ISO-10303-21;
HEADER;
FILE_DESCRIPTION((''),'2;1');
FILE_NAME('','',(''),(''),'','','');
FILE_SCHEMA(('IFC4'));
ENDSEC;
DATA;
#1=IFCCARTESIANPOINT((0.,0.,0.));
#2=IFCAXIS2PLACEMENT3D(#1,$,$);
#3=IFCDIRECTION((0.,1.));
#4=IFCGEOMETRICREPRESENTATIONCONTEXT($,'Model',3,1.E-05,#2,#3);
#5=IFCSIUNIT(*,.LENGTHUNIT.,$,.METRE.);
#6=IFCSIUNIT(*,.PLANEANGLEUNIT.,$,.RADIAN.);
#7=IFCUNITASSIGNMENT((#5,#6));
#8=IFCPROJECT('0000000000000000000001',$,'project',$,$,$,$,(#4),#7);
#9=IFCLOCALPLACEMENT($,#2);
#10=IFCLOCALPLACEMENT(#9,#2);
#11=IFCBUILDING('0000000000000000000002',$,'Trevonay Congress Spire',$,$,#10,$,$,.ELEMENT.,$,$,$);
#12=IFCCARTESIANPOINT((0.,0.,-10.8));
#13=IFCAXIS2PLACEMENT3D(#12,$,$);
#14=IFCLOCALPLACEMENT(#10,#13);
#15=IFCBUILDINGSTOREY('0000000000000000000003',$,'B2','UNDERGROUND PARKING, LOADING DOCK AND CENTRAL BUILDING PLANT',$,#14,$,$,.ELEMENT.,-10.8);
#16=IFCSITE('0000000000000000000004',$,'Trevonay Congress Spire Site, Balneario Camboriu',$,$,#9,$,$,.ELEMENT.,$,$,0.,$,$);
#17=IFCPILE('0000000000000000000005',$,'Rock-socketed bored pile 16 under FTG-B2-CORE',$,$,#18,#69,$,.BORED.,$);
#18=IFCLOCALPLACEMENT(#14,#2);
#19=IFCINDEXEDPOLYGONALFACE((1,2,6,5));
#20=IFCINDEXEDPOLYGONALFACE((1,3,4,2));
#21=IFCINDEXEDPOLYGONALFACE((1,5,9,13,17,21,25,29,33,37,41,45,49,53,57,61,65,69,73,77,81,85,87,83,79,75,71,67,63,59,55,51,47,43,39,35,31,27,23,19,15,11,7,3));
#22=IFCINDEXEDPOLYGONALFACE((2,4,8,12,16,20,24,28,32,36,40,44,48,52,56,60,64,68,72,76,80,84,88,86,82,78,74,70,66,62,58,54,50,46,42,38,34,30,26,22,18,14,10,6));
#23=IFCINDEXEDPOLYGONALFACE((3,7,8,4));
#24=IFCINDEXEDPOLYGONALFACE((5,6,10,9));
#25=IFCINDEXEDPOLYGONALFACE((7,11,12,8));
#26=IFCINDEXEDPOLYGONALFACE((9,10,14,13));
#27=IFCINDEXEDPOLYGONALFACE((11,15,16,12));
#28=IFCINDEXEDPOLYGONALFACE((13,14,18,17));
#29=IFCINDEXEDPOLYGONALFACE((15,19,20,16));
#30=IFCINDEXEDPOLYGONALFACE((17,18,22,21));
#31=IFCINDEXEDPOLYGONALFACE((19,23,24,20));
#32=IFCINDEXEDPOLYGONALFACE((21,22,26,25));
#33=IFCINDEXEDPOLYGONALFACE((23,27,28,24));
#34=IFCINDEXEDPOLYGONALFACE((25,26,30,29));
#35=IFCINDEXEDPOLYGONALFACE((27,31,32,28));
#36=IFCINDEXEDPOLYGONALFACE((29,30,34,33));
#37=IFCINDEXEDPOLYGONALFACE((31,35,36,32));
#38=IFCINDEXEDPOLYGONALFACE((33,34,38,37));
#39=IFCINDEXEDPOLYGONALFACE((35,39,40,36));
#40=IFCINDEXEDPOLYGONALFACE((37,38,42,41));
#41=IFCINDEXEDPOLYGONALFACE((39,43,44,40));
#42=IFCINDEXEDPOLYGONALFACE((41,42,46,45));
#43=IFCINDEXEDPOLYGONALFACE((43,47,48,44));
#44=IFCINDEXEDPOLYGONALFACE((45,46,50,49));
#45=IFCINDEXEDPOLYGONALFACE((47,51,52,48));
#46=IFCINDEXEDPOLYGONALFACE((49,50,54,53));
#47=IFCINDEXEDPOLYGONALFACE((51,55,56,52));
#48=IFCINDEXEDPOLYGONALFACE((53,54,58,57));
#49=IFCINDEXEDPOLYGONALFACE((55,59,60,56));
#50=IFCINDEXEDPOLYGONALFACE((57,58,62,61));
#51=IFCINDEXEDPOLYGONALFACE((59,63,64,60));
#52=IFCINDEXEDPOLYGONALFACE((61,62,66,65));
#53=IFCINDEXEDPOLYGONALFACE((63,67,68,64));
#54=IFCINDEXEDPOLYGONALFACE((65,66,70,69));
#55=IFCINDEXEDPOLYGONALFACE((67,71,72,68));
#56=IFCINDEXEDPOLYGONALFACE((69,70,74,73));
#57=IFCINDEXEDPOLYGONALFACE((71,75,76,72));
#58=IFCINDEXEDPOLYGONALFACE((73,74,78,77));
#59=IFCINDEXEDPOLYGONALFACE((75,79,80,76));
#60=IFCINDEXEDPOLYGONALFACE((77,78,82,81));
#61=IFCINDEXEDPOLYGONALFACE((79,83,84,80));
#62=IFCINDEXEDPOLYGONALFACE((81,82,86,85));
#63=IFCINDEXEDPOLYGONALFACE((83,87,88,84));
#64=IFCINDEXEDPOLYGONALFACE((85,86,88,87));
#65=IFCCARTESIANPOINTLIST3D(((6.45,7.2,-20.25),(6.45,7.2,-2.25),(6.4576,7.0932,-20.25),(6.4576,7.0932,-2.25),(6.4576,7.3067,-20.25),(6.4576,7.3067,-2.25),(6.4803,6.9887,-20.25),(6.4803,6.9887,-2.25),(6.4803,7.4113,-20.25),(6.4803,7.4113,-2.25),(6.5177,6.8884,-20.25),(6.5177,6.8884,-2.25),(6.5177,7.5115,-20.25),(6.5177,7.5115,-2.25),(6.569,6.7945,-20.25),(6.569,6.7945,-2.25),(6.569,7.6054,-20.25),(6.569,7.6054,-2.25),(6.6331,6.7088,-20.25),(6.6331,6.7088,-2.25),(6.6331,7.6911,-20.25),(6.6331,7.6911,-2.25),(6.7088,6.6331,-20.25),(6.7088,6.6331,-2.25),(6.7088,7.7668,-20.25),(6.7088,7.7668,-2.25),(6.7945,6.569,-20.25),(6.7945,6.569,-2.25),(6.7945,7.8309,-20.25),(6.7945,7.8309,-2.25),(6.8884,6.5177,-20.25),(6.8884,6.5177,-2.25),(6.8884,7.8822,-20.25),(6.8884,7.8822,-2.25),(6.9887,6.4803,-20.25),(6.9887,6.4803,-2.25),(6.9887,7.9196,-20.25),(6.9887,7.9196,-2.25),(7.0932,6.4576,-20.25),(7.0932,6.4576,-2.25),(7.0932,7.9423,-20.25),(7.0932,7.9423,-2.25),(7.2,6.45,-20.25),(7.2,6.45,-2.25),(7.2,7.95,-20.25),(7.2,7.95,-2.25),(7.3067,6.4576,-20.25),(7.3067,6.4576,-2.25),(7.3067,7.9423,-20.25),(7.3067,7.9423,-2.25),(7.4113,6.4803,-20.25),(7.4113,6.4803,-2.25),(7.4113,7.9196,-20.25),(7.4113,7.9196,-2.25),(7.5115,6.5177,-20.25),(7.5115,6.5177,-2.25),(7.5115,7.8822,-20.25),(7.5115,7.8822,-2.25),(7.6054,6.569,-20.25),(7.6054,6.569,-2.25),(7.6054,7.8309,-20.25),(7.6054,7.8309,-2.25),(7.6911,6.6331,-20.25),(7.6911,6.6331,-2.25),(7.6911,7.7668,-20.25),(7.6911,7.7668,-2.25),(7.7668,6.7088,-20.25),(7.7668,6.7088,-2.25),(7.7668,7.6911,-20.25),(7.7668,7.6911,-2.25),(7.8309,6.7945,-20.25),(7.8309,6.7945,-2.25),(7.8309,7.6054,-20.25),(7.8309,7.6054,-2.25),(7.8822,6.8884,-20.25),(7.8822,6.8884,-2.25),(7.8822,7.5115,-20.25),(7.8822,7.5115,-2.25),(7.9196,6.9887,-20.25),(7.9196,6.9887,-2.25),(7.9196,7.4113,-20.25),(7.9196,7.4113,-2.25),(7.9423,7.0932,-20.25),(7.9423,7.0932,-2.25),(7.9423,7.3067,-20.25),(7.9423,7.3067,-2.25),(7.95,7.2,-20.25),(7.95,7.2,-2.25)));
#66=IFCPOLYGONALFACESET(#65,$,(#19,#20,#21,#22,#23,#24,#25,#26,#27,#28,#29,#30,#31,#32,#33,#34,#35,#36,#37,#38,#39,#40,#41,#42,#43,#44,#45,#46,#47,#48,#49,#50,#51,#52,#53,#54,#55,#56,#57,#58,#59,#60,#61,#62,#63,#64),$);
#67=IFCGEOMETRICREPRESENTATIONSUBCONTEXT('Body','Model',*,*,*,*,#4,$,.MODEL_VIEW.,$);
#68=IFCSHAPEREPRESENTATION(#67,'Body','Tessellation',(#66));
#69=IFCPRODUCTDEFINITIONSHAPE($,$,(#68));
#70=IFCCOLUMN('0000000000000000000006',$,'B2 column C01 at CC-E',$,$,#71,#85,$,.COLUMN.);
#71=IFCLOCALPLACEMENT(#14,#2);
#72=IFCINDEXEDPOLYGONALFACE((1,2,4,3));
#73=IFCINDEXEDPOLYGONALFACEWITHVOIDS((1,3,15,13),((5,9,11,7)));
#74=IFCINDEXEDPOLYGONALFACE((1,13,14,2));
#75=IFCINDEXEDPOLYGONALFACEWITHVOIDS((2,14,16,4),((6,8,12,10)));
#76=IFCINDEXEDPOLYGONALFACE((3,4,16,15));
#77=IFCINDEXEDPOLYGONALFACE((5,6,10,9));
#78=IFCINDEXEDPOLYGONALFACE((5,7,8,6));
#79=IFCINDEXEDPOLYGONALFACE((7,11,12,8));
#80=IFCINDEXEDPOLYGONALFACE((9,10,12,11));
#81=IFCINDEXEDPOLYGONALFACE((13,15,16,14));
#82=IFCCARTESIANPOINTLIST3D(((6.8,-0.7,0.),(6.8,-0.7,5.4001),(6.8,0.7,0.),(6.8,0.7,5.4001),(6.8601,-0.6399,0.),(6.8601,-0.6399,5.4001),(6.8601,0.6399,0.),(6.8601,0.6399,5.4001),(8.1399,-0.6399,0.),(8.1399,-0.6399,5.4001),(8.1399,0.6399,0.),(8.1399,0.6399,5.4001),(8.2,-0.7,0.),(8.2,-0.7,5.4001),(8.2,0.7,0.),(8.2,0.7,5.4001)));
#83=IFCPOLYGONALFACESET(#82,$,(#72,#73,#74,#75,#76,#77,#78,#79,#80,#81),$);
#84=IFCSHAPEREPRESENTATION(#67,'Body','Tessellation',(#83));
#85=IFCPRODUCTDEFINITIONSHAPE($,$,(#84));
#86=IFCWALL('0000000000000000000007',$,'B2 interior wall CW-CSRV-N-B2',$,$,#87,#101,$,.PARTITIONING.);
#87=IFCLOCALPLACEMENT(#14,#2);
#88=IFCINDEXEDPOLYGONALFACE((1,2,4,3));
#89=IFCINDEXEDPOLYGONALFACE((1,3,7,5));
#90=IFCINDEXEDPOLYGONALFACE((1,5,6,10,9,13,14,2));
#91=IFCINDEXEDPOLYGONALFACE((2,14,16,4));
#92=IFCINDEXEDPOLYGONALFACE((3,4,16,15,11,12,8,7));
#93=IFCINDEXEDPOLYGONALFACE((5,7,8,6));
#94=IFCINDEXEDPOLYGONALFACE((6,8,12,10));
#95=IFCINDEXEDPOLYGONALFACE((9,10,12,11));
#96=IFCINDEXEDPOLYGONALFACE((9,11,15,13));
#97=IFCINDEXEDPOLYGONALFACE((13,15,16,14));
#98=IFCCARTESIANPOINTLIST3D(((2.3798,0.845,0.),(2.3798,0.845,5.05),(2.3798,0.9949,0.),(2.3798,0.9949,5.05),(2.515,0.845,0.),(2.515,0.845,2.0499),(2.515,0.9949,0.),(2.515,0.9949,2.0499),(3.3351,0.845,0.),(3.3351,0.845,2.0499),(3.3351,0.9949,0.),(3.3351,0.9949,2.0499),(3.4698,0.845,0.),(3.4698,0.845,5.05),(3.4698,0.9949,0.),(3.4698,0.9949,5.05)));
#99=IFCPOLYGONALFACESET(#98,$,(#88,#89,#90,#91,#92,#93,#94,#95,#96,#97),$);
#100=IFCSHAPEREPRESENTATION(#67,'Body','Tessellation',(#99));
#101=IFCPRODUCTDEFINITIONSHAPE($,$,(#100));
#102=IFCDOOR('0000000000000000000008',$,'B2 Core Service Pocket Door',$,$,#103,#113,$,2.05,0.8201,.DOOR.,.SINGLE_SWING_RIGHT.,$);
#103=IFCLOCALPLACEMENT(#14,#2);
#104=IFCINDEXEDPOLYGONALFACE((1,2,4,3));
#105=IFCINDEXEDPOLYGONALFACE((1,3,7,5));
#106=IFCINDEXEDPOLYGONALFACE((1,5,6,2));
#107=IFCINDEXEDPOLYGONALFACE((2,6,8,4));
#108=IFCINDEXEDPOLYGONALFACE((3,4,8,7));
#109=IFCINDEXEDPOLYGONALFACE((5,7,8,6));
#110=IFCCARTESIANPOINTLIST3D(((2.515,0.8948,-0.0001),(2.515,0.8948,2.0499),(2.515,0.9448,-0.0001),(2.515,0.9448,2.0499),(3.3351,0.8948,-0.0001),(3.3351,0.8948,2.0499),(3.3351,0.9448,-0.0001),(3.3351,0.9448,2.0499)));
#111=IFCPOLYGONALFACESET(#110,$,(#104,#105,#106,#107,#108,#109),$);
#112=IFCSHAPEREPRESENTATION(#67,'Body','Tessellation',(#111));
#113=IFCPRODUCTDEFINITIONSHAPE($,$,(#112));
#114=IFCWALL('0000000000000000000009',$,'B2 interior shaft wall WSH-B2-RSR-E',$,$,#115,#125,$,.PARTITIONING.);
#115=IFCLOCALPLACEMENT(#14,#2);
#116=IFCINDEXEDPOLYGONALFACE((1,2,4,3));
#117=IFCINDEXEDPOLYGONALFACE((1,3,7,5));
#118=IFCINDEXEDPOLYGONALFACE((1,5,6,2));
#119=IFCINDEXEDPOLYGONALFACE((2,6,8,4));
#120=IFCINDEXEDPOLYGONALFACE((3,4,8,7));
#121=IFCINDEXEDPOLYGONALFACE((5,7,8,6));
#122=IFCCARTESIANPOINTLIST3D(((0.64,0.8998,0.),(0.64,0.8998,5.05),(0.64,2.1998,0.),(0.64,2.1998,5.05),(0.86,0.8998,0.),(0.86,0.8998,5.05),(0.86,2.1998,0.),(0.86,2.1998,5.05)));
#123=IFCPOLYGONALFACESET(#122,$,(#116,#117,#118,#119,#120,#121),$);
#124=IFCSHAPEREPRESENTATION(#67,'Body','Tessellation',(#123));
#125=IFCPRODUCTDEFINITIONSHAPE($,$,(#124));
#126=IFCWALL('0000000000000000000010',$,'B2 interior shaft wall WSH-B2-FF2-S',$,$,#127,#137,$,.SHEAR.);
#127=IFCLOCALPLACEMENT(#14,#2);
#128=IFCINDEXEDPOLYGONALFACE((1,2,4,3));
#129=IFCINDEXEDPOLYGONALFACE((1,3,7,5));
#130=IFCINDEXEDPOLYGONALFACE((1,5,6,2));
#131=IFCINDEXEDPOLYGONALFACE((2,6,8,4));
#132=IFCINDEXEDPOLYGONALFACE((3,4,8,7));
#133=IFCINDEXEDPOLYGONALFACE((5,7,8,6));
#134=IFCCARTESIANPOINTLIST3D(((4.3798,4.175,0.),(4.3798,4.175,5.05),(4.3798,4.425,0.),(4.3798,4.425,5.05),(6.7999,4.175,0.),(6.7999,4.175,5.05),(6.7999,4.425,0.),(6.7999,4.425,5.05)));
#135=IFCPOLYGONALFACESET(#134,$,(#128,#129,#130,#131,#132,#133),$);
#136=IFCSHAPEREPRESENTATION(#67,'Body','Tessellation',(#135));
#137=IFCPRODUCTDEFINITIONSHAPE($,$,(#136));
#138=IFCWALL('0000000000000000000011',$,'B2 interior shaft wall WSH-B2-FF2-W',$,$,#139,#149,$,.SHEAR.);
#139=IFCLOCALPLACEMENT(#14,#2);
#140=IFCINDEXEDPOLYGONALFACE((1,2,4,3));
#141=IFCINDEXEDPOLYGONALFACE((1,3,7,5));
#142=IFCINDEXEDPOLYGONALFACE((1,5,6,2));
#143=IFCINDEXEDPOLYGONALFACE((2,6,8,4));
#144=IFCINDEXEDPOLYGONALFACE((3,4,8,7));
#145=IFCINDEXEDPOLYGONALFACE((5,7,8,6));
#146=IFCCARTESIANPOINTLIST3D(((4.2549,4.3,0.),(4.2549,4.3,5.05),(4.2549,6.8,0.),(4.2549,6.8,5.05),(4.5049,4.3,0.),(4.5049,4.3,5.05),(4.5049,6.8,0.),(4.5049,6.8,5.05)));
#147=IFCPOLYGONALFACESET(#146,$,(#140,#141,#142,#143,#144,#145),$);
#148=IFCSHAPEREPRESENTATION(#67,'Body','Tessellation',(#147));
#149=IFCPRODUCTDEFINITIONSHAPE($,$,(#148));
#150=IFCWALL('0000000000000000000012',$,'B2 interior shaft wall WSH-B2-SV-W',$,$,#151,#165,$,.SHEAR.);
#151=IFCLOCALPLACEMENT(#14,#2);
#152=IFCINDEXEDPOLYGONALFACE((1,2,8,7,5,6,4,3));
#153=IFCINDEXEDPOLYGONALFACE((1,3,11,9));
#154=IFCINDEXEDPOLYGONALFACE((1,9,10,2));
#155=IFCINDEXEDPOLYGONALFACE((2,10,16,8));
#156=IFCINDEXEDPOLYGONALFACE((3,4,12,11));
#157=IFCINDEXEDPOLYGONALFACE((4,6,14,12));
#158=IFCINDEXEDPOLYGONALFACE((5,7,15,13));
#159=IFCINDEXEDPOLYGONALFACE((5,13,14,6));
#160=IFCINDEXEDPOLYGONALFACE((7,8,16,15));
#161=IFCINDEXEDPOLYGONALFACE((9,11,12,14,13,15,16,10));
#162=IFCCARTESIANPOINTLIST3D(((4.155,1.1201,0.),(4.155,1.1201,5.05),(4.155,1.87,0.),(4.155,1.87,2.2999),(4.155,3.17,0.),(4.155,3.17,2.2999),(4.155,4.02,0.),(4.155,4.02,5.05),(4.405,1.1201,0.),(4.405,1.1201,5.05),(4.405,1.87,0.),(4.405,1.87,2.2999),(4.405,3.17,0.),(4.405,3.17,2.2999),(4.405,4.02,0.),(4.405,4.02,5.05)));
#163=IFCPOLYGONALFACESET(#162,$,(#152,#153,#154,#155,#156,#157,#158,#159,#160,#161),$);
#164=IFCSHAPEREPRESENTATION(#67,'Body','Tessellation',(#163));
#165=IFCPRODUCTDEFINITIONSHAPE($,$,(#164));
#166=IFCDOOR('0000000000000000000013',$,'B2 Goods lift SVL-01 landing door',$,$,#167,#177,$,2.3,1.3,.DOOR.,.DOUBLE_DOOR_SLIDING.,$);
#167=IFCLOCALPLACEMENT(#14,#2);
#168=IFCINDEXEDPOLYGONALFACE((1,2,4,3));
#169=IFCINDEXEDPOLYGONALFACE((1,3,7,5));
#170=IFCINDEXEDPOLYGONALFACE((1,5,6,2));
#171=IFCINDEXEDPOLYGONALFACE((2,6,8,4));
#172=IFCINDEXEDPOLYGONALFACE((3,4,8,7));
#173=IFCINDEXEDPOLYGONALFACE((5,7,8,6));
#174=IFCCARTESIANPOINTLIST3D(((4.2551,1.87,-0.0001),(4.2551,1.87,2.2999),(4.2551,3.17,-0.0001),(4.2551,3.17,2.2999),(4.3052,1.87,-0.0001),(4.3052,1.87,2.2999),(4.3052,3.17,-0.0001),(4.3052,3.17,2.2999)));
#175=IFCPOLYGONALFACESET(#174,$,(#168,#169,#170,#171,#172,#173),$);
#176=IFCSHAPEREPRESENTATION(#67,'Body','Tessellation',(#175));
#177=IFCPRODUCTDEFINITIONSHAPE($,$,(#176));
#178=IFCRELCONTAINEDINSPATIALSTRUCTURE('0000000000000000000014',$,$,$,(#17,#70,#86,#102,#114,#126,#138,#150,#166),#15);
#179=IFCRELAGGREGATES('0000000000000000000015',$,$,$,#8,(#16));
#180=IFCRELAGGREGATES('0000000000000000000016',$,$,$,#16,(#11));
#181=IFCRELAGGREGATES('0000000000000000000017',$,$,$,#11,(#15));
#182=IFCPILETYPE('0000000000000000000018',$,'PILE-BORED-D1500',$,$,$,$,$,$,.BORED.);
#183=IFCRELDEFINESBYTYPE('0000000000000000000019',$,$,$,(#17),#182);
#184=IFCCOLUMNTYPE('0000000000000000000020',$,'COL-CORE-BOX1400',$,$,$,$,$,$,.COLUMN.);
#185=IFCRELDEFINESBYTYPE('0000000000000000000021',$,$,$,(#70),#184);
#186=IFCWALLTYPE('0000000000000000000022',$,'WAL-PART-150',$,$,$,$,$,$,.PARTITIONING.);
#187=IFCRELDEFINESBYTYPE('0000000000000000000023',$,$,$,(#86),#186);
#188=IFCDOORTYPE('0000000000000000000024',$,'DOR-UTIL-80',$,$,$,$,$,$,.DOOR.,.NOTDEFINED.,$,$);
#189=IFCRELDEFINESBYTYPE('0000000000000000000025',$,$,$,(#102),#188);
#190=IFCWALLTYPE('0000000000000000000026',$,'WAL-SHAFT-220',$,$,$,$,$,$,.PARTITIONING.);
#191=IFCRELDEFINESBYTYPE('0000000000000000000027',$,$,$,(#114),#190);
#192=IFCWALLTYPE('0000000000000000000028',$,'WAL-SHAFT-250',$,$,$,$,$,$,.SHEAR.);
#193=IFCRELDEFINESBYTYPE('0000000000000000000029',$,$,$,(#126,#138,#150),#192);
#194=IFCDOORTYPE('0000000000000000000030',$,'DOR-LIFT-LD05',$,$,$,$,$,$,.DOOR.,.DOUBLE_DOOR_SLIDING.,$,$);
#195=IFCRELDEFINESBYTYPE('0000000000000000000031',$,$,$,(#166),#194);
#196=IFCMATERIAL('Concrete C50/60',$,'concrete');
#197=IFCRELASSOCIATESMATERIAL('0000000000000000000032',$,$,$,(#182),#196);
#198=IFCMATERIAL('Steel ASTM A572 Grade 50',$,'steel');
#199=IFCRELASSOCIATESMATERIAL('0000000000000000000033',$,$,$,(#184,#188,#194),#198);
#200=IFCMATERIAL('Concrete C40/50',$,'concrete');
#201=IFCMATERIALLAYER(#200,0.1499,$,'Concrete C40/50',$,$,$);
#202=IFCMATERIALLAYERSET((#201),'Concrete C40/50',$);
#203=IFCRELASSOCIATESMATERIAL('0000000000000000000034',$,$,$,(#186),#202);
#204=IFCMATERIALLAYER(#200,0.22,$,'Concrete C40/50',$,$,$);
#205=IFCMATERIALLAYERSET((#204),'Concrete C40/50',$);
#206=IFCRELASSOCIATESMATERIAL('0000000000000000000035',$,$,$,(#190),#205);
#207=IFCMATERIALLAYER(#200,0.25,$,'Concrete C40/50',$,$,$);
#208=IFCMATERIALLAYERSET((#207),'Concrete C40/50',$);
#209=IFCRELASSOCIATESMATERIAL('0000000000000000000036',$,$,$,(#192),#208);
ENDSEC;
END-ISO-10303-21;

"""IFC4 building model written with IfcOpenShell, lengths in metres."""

from ifc_helpers import new_model, si_unit, direction, frame, frame_2d, origin, origin_2d, place, context, subcontext, project, spatial, rectangle, hollow_rectangle, circle, extrude, material, layer, layer_set, material_profile, profile_set, type_object, element, fill, save


model = new_model("IFC4")

# Units and contexts
model_context = context("Model", 3, precision=1e-05, world=origin(), true_north=direction((0.0, 1.0)))
body_context = subcontext(model_context, "Body", "Model", "MODEL_VIEW")
ifc_project = project(units=[si_unit("LENGTHUNIT", "METRE"), si_unit("PLANEANGLEUNIT", "RADIAN")], contexts=[model_context])

# Site, building, storey
site_placement = place(None, origin())
site = spatial("IfcSite", under=ifc_project, at=site_placement, Name="Trevonay Congress Spire Site, Balneario Camboriu", CompositionType="ELEMENT", RefElevation=0.0)
building_placement = place(site_placement, origin())
building = spatial("IfcBuilding", under=site, at=building_placement, Name="Trevonay Congress Spire", CompositionType="ELEMENT")
storey_placement = place(building_placement, frame((0.0, 0.0, -10.8)))
storey = spatial("IfcBuildingStorey", under=building, at=storey_placement, Name="B2", Description="UNDERGROUND PARKING, LOADING DOCK AND CENTRAL BUILDING PLANT", CompositionType="ELEMENT", Elevation=-10.8)

# Pile
ifc_material_1 = material(Name="Concrete C50/60", Category="concrete")
ifc_material_profile_1 = material_profile(ifc_material_1, circle(Radius=0.75, at=origin_2d()), Name="PILE D1500")
ifc_profile_set_1 = profile_set([ifc_material_profile_1], Name="Concrete C50/60")
pile_type = type_object("IfcPileType", Name="PILE-BORED-D1500", PredefinedType="BORED", material=ifc_profile_set_1)
for number, where, z_axis, x_axis, name in (
    (1, (7.2, 7.2, -2.25), (0.0, 0.0, -1.0), (1.0, 0.0, 0.0), "Rock-socketed bored pile 16 under FTG-B2-CORE"),
):
    element("IfcPile", number, at=place(storey_placement, frame(where, z_axis=z_axis, x_axis=x_axis)), inside=storey, type_object=pile_type, Name=name, PredefinedType="BORED", context=body_context, shape_type="SweptSolid", body=[
        extrude(circle(Radius=0.75, at=origin_2d()), origin(), (0.0, 0.0, 1.0), 18.0),
    ])

# Column
ifc_material_2 = material(Name="Steel ASTM A572 Grade 50", Category="steel")
ifc_material_profile_2 = material_profile(ifc_material_2, hollow_rectangle(XDim=1.3999, YDim=1.3999, WallThickness=0.0601, at=origin_2d()), Name="BOX 1400x1400x60")
ifc_profile_set_2 = profile_set([ifc_material_profile_2], Name="Steel ASTM A572 Grade 50")
column_type = type_object("IfcColumnType", Name="COL-CORE-BOX1400", PredefinedType="COLUMN", material=ifc_profile_set_2)
column_placement = place(storey_placement, frame((7.5, 0.0, 0.0), z_axis=(0.0, 0.0, 1.0), x_axis=(1.0, 0.0, 0.0)))
element("IfcColumn", 2, at=column_placement, inside=storey, type_object=column_type, Name="B2 column C01 at CC-E", PredefinedType="COLUMN", context=body_context, shape_type="SweptSolid", body=[
    extrude(hollow_rectangle(XDim=1.3999, YDim=1.3999, WallThickness=0.0601, at=origin_2d()), origin(), (0.0, 0.0, 1.0), 5.4001),
])

# Wall, opening, door
ifc_material_3 = material(Name="Concrete C40/50", Category="concrete")
ifc_layer_1 = layer(ifc_material_3, 0.1499, Name="Concrete C40/50")
ifc_layer_set_1 = layer_set([ifc_layer_1], Name="Concrete C40/50")
wall_type_1 = type_object("IfcWallType", Name="WAL-PART-150", PredefinedType="PARTITIONING", material=ifc_layer_set_1)
wall_1_placement = place(storey_placement, frame((2.3799, 0.9199, 0.0), z_axis=(0.0, 0.0, 1.0), x_axis=(1.0, 0.0, 0.0)))
wall_1 = element("IfcWall", 3, at=wall_1_placement, inside=storey, type_object=wall_type_1, Name="B2 interior wall CW-CSRV-N-B2", PredefinedType="PARTITIONING", context=body_context, shape_type="SweptSolid", body=[
    extrude(rectangle(XDim=1.0901, YDim=0.1499, at=frame_2d((0.5449, 0.0))), origin(), (0.0, 0.0, 1.0), 5.05),
])
opening_1_placement = place(wall_1_placement, frame((0.135, 0.0, 0.0)))
opening_1 = element("IfcOpeningElement", 4, at=opening_1_placement, cuts=wall_1, PredefinedType="OPENING", context=body_context, shape_type="SweptSolid", body=[
    extrude(rectangle(XDim=0.8201, YDim=2.05, at=frame_2d((0.4102, 1.0249))), frame((0.0, 0.085, 0.0), z_axis=(0.0, -1.0, 0.0), x_axis=(1.0, 0.0, 0.0)), (0.0, 0.0, 1.0), 0.1699),
])
door_type_1 = type_object("IfcDoorType", Name="DOR-UTIL-80", OperationType="NOTDEFINED", PredefinedType="DOOR", material=ifc_material_2)
door_1_placement = place(opening_1_placement, origin())
door_1 = element("IfcDoor", 5, at=door_1_placement, inside=storey, type_object=door_type_1, Name="B2 Core Service Pocket Door", OperationType="SINGLE_SWING_RIGHT", OverallHeight=2.05, OverallWidth=0.8201, PredefinedType="DOOR", context=body_context, shape_type="SweptSolid", body=[
    extrude(rectangle(XDim=0.8201, YDim=2.05, at=frame_2d((0.4102, 1.0249))), frame((0.0, 0.0249, 0.0), z_axis=(0.0, -1.0, 0.0), x_axis=(1.0, 0.0, 0.0)), (0.0, 0.0, 1.0), 0.05),
])
fill(opening_1, door_1)

# Walls
ifc_layer_2 = layer(ifc_material_3, 0.22, Name="Concrete C40/50")
ifc_layer_set_2 = layer_set([ifc_layer_2], Name="Concrete C40/50")
wall_type_2 = type_object("IfcWallType", Name="WAL-SHAFT-220", PredefinedType="PARTITIONING", material=ifc_layer_set_2)
wall_2_placement = place(storey_placement, frame((0.75, 0.8999, 0.0), z_axis=(0.0, 0.0, 1.0), x_axis=(0.0, 1.0, 0.0)))
element("IfcWall", 6, at=wall_2_placement, inside=storey, type_object=wall_type_2, Name="B2 interior shaft wall WSH-B2-RSR-E", PredefinedType="PARTITIONING", context=body_context, shape_type="SweptSolid", body=[
    extrude(rectangle(XDim=1.3, YDim=0.22, at=frame_2d((0.6499, 0.0))), origin(), (0.0, 0.0, 1.0), 5.05),
])
ifc_layer_3 = layer(ifc_material_3, 0.25, Name="Concrete C40/50")
ifc_layer_set_3 = layer_set([ifc_layer_3], Name="Concrete C40/50")
wall_type_3 = type_object("IfcWallType", Name="WAL-SHAFT-250", PredefinedType="SHEAR", material=ifc_layer_set_3)
wall_3_placement = place(storey_placement, frame((4.3799, 4.3, 0.0), z_axis=(0.0, 0.0, 1.0), x_axis=(1.0, 0.0, 0.0)))
element("IfcWall", 7, at=wall_3_placement, inside=storey, type_object=wall_type_3, Name="B2 interior shaft wall WSH-B2-FF2-S", PredefinedType="SHEAR", context=body_context, shape_type="SweptSolid", body=[
    extrude(rectangle(XDim=2.4202, YDim=0.25, at=frame_2d((1.21, 0.0))), origin(), (0.0, 0.0, 1.0), 5.05),
])
wall_4_placement = place(storey_placement, frame((4.3799, 4.3, 0.0), z_axis=(0.0, 0.0, 1.0), x_axis=(0.0, 1.0, 0.0)))
element("IfcWall", 8, at=wall_4_placement, inside=storey, type_object=wall_type_3, Name="B2 interior shaft wall WSH-B2-FF2-W", PredefinedType="SHEAR", context=body_context, shape_type="SweptSolid", body=[
    extrude(rectangle(XDim=2.5, YDim=0.25, at=frame_2d((1.25, 0.0))), origin(), (0.0, 0.0, 1.0), 5.05),
])

# Wall, opening, door
wall_5_placement = place(storey_placement, frame((4.28, 1.1201, 0.0), z_axis=(0.0, 0.0, 1.0), x_axis=(0.0, 1.0, 0.0)))
wall_5 = element("IfcWall", 9, at=wall_5_placement, inside=storey, type_object=wall_type_3, Name="B2 interior shaft wall WSH-B2-SV-W", PredefinedType="SHEAR", context=body_context, shape_type="SweptSolid", body=[
    extrude(rectangle(XDim=2.8999, YDim=0.25, at=frame_2d((1.45, 0.0))), origin(), (0.0, 0.0, 1.0), 5.05),
])
opening_2_placement = place(wall_5_placement, frame((0.75, 0.0, 0.0)))
opening_2 = element("IfcOpeningElement", 10, at=opening_2_placement, cuts=wall_5, PredefinedType="OPENING", context=body_context, shape_type="SweptSolid", body=[
    extrude(rectangle(XDim=1.3, YDim=2.3, at=frame_2d((0.6499, 1.1499))), frame((0.0, 0.135, 0.0), z_axis=(0.0, -1.0, 0.0), x_axis=(1.0, 0.0, 0.0)), (0.0, 0.0, 1.0), 0.27),
])
door_type_2 = type_object("IfcDoorType", Name="DOR-LIFT-LD05", OperationType="DOUBLE_DOOR_SLIDING", PredefinedType="DOOR", material=ifc_material_2)
door_2_placement = place(opening_2_placement, origin())
door_2 = element("IfcDoor", 11, at=door_2_placement, inside=storey, type_object=door_type_2, Name="B2 Goods lift SVL-01 landing door", OperationType="DOUBLE_DOOR_SLIDING", OverallHeight=2.3, OverallWidth=1.3, PredefinedType="DOOR", context=body_context, shape_type="SweptSolid", body=[
    extrude(rectangle(XDim=1.3, YDim=2.3, at=frame_2d((0.6499, 1.1499))), frame((0.0, 0.0249, 0.0), z_axis=(0.0, -1.0, 0.0), x_axis=(1.0, 0.0, 0.0)), (0.0, 0.0, 1.0), 0.05),
])
fill(opening_2, door_2)

save(model, "model.ifc")
